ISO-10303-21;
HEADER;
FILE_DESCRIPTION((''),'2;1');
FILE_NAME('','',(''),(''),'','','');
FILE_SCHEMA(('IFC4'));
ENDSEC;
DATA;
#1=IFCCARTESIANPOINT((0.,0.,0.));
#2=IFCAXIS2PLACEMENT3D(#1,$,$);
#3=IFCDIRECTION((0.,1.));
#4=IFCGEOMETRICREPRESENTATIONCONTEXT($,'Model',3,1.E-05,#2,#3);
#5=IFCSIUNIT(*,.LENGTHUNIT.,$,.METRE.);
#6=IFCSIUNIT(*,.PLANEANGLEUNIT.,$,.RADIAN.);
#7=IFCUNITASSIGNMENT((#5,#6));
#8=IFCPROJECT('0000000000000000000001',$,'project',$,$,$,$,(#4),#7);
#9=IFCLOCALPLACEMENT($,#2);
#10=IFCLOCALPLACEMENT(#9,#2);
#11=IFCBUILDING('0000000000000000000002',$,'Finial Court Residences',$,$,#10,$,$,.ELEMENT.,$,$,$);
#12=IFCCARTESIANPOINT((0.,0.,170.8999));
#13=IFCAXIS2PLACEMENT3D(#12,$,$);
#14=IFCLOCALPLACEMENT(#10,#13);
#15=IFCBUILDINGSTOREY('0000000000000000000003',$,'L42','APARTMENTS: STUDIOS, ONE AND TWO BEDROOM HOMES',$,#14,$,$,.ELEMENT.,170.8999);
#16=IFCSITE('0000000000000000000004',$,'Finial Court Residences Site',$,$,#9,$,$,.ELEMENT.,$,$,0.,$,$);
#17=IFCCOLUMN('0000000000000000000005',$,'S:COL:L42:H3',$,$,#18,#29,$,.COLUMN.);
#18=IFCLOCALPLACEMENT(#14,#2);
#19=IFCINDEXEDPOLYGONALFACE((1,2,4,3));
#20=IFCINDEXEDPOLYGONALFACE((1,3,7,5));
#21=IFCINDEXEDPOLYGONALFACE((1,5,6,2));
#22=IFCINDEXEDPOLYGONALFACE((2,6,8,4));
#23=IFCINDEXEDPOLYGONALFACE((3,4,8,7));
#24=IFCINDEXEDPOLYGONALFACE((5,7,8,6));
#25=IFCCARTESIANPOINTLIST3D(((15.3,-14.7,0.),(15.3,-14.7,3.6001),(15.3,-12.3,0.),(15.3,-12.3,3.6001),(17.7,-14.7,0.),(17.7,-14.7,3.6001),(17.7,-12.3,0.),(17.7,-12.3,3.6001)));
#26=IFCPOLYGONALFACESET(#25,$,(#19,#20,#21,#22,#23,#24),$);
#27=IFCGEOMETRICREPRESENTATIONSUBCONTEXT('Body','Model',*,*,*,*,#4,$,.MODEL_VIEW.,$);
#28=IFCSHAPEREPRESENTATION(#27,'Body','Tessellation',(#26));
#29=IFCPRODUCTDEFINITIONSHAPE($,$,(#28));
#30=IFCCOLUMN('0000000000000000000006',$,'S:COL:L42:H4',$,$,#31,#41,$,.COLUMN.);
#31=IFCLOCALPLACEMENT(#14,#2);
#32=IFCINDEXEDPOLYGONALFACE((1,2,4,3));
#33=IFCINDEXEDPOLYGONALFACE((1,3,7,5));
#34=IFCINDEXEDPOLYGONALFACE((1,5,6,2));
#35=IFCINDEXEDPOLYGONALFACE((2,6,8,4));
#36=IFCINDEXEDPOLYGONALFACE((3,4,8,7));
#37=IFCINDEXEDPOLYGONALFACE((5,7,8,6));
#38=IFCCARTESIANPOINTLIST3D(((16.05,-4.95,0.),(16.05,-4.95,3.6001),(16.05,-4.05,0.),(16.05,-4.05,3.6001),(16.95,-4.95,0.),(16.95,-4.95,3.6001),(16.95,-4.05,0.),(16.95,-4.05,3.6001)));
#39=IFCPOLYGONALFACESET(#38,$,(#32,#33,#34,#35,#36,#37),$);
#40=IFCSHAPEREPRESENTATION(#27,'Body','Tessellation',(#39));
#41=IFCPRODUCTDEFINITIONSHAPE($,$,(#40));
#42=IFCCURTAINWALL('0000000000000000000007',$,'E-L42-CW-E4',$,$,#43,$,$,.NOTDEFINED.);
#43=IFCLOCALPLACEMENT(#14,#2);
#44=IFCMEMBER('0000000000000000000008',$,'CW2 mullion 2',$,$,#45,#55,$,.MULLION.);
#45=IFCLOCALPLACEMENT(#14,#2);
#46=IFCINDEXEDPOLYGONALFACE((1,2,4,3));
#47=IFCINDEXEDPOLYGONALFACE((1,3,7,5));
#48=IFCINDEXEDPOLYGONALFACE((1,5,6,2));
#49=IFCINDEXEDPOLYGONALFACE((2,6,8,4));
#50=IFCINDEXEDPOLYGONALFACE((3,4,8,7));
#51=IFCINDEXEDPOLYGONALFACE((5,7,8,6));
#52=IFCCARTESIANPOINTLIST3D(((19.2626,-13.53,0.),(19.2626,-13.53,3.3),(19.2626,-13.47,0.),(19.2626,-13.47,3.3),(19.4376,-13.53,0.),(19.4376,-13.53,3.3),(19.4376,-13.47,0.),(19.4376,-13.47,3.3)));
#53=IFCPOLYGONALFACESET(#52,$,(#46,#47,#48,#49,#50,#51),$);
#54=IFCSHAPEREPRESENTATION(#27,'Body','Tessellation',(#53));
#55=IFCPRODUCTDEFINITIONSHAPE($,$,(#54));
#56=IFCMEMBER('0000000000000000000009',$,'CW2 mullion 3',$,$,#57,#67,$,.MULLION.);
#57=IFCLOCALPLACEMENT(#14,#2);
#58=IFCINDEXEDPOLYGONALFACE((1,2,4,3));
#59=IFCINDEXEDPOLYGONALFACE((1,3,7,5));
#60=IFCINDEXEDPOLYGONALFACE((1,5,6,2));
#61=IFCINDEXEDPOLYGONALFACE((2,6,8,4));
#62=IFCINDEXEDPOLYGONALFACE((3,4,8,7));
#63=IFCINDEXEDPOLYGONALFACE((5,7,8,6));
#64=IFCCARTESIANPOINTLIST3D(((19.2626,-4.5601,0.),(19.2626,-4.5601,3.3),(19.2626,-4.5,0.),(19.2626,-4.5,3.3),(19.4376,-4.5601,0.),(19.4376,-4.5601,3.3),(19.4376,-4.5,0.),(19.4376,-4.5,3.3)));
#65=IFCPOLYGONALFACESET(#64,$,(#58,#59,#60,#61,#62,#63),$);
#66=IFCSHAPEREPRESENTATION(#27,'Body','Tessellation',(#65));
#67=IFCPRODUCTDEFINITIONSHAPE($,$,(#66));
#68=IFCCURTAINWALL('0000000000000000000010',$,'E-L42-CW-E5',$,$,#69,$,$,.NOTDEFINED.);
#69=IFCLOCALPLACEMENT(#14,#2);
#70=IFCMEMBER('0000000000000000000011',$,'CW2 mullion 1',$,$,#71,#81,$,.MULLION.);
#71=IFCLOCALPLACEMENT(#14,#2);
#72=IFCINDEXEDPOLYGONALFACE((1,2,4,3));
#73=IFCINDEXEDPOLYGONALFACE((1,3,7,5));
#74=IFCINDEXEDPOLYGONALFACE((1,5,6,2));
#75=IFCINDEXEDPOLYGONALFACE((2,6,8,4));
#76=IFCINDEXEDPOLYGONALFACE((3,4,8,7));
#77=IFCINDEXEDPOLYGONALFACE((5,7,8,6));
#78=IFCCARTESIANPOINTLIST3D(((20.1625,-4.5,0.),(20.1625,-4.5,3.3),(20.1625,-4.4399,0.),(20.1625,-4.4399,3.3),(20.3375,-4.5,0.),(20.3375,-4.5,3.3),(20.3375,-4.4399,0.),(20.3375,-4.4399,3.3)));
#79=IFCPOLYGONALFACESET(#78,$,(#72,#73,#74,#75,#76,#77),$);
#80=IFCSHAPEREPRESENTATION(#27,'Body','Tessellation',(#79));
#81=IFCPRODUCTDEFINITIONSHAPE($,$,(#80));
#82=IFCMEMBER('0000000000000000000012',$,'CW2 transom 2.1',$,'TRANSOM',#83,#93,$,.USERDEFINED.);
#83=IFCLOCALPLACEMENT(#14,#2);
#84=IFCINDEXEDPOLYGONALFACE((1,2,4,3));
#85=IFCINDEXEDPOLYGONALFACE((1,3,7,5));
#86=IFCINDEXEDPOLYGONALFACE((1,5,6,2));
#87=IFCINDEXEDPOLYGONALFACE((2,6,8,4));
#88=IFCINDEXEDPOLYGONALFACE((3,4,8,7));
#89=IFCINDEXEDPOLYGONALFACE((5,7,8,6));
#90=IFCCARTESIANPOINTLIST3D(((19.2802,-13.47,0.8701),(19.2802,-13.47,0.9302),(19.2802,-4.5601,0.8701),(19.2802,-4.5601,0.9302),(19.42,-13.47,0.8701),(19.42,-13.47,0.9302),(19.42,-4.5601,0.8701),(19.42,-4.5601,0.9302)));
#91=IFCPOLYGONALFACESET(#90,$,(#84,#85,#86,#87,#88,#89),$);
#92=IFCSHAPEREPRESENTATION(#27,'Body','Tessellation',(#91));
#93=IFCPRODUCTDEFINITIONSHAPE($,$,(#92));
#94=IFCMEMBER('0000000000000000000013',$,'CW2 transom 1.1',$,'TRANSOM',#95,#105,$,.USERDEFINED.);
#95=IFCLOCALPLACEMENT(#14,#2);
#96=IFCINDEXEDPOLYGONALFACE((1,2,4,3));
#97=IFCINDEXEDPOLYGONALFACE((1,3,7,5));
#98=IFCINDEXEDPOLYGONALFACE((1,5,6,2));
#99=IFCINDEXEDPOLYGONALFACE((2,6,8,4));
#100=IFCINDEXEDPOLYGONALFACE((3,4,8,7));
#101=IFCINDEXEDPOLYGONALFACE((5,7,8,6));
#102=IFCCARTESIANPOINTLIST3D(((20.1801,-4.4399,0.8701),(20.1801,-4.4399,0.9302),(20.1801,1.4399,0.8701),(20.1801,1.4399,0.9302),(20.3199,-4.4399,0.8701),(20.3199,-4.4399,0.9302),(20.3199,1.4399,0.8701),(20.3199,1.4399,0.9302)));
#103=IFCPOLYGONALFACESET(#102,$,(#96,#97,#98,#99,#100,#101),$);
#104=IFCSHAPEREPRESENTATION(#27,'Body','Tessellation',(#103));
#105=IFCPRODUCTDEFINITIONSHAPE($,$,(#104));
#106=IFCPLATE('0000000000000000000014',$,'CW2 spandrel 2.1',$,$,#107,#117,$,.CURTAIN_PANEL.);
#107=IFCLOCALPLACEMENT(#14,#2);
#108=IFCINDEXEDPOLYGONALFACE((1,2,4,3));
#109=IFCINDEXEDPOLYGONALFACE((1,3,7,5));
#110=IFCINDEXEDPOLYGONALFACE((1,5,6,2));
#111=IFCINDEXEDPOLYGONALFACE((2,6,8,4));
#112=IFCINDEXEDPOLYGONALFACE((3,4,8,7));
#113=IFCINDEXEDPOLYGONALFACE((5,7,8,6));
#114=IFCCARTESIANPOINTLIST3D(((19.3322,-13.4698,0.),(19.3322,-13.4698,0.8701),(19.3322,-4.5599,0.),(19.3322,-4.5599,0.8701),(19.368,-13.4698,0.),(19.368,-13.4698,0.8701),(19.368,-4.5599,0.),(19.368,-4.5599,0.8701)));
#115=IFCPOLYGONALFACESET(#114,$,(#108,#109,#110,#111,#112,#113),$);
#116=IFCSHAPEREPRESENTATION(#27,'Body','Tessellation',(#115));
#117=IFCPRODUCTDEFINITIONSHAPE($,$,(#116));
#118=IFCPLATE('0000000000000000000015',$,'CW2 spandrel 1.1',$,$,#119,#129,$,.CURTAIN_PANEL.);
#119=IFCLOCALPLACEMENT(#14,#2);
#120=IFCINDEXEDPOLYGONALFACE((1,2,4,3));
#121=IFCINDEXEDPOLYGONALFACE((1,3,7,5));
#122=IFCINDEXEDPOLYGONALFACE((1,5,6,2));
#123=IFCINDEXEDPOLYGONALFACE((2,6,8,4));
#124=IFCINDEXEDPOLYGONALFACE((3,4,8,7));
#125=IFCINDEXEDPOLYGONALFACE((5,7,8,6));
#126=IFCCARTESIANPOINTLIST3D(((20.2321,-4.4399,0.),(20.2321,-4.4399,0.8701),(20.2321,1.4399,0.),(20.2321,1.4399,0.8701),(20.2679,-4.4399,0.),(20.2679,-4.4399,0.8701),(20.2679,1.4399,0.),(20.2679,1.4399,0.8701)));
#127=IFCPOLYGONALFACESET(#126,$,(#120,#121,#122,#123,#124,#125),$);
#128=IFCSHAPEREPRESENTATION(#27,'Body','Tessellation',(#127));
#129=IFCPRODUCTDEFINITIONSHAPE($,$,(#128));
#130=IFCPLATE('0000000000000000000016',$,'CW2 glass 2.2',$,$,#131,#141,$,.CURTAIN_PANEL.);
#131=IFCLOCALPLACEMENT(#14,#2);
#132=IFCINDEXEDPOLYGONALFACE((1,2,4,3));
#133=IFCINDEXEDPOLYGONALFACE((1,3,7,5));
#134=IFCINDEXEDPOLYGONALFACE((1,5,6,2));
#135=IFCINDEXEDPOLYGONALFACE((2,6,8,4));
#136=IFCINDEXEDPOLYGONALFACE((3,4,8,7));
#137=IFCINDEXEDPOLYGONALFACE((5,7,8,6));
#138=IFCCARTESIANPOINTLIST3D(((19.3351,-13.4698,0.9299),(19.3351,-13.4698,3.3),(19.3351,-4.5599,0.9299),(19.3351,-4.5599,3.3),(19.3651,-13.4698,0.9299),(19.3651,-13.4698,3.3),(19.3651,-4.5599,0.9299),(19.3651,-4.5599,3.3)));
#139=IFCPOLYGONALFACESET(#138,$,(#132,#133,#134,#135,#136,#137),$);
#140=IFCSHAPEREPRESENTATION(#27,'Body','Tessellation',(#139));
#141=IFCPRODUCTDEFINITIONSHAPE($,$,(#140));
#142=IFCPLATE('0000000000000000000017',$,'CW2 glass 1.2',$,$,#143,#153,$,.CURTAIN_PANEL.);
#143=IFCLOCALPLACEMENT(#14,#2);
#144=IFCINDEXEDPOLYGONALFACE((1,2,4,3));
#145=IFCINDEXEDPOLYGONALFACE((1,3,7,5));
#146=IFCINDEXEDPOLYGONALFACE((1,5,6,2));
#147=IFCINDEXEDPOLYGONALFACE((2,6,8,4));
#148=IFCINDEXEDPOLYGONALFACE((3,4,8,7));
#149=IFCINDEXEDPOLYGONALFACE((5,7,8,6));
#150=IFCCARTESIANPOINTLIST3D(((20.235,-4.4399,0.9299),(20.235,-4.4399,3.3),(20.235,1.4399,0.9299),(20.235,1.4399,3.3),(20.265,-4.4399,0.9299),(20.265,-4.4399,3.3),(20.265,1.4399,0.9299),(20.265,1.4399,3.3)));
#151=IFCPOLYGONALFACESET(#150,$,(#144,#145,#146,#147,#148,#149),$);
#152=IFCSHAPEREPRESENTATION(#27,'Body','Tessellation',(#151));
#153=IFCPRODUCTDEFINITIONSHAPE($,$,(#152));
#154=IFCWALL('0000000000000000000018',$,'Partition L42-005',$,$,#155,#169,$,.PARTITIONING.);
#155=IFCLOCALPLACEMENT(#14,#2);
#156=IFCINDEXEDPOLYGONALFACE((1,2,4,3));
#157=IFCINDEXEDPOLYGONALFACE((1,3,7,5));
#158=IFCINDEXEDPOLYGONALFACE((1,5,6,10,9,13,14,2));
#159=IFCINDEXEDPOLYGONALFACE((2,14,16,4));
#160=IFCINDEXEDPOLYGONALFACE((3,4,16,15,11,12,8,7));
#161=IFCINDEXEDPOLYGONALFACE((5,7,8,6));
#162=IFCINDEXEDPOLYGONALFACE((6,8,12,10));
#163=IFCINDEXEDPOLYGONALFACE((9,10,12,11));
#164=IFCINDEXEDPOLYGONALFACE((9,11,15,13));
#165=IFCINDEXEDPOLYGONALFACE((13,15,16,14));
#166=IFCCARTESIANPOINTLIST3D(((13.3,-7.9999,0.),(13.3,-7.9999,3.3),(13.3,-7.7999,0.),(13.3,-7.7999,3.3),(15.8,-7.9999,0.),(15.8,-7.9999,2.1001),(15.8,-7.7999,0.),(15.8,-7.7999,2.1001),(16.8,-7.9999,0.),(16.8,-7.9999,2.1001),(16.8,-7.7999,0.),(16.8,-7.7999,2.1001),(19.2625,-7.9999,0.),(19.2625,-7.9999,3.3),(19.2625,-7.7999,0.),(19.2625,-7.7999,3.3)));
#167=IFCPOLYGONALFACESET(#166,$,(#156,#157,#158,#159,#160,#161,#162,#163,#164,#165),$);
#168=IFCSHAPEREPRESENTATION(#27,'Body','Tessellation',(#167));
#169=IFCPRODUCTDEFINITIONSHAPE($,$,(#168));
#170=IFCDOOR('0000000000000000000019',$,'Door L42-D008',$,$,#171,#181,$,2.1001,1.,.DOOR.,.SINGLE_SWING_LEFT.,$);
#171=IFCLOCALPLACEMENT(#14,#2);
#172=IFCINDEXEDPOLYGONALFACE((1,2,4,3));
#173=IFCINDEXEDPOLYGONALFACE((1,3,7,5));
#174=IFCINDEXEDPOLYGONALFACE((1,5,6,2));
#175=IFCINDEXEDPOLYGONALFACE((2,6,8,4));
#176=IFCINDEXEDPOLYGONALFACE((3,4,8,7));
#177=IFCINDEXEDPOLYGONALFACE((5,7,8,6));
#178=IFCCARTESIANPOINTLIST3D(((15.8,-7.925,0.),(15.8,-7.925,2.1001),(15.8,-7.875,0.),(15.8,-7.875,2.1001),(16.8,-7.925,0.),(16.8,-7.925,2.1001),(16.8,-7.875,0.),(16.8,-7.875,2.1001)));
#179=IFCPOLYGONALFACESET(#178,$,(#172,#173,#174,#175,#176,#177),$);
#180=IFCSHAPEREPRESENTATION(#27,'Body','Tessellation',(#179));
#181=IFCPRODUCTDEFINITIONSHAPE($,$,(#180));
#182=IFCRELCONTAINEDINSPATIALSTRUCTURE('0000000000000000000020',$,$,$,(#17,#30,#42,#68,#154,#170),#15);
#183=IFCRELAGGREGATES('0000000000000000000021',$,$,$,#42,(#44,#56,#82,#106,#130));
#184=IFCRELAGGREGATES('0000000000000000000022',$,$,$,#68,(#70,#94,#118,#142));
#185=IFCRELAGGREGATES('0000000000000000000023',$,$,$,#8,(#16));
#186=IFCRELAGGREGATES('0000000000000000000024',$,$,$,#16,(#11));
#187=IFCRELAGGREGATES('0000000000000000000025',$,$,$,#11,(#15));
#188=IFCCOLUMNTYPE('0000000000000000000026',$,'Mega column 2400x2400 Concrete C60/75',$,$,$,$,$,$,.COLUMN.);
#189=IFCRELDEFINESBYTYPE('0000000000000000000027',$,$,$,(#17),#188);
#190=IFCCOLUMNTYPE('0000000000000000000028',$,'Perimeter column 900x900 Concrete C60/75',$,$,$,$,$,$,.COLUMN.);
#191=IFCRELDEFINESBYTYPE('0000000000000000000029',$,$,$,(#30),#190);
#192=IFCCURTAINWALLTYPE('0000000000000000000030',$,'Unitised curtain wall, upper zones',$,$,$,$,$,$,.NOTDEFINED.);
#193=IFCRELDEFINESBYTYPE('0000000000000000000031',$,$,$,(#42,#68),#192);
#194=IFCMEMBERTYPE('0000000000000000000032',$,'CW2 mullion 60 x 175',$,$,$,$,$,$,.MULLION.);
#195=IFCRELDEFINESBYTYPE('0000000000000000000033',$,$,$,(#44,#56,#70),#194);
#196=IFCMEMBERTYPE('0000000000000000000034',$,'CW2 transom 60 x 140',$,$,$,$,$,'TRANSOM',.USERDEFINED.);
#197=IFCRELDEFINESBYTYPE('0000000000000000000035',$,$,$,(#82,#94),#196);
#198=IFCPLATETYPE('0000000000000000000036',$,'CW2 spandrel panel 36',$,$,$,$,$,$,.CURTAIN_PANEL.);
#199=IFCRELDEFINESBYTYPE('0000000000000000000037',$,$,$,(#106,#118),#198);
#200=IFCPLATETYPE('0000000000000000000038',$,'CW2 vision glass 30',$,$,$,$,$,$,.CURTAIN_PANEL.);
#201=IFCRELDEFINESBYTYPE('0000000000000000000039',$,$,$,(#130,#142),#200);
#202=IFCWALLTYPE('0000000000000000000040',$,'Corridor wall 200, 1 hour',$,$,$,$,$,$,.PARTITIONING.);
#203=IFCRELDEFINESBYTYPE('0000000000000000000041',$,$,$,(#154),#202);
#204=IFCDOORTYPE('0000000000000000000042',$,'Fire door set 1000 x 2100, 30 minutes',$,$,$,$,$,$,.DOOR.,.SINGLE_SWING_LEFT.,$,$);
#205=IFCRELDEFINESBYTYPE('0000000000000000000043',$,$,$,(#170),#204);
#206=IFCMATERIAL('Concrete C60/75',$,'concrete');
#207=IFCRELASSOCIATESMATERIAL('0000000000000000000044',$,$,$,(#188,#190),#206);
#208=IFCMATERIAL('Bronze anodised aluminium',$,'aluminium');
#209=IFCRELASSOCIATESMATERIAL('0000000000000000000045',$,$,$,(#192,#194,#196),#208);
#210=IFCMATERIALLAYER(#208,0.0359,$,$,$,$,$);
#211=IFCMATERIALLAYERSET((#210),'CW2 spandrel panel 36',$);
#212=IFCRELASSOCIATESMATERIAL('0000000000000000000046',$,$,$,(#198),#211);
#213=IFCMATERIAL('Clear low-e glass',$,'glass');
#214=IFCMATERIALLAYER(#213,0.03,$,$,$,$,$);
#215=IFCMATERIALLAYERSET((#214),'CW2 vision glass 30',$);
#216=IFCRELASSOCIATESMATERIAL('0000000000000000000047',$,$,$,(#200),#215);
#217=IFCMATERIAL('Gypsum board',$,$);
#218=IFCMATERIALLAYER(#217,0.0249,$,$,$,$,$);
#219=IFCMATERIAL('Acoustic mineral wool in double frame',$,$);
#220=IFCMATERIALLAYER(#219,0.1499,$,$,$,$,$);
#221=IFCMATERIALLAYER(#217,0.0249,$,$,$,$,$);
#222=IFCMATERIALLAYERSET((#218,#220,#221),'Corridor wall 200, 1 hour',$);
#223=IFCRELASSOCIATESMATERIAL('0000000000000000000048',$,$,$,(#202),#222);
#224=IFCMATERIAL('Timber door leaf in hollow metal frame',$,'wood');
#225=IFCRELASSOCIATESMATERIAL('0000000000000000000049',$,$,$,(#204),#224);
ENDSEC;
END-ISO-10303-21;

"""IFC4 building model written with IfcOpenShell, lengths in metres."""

from ifc_helpers import new_model, si_unit, direction, frame, frame_2d, origin, origin_2d, place, context, subcontext, project, spatial, rectangle, extrude, material, layer, layer_set, material_profile, profile_set, type_object, element, fill, aggregate, save


model = new_model("IFC4")

# Units and contexts
model_context = context("Model", 3, precision=1e-05, world=origin(), true_north=direction((0.0, 1.0)))
body_context = subcontext(model_context, "Body", "Model", "MODEL_VIEW")
ifc_project = project(units=[si_unit("LENGTHUNIT", "METRE"), si_unit("PLANEANGLEUNIT", "RADIAN")], contexts=[model_context])

# Site, building, storey
site_placement = place(None, origin())
site = spatial("IfcSite", under=ifc_project, at=site_placement, Name="Finial Court Residences Site", CompositionType="ELEMENT", RefElevation=0.0)
building_placement = place(site_placement, origin())
building = spatial("IfcBuilding", under=site, at=building_placement, Name="Finial Court Residences", CompositionType="ELEMENT")
storey_placement = place(building_placement, frame((0.0, 0.0, 170.8999)))
storey = spatial("IfcBuildingStorey", under=building, at=storey_placement, Name="L42", Description="APARTMENTS: STUDIOS, ONE AND TWO BEDROOM HOMES", CompositionType="ELEMENT", Elevation=170.8999)

# Columns
ifc_material_1 = material(Name="Concrete C60/75", Category="concrete")
ifc_material_profile_1 = material_profile(ifc_material_1, rectangle(XDim=2.3999, YDim=2.3999, at=origin_2d()), Name="2400x2400")
ifc_profile_set_1 = profile_set([ifc_material_profile_1], Name="Concrete C60/75")
column_type_1 = type_object("IfcColumnType", Name="Mega column 2400x2400 Concrete C60/75", PredefinedType="COLUMN", material=ifc_profile_set_1)
column_1_placement = place(storey_placement, frame((16.5, -13.5, 0.0), z_axis=(0.0, 0.0, 1.0), x_axis=(1.0, 0.0, 0.0)))
element("IfcColumn", 1, at=column_1_placement, inside=storey, type_object=column_type_1, Name="S:COL:L42:H3", PredefinedType="COLUMN", context=body_context, shape_type="SweptSolid", body=[
    extrude(rectangle(XDim=2.3999, YDim=2.3999, at=origin_2d()), origin(), (0.0, 0.0, 1.0), 3.6001),
])
ifc_material_profile_2 = material_profile(ifc_material_1, rectangle(XDim=0.8999, YDim=0.8999, at=origin_2d()), Name="900x900")
ifc_profile_set_2 = profile_set([ifc_material_profile_2], Name="Concrete C60/75")
column_type_2 = type_object("IfcColumnType", Name="Perimeter column 900x900 Concrete C60/75", PredefinedType="COLUMN", material=ifc_profile_set_2)
column_2_placement = place(storey_placement, frame((16.5, -4.5, 0.0), z_axis=(0.0, 0.0, 1.0), x_axis=(1.0, 0.0, 0.0)))
element("IfcColumn", 2, at=column_2_placement, inside=storey, type_object=column_type_2, Name="S:COL:L42:H4", PredefinedType="COLUMN", context=body_context, shape_type="SweptSolid", body=[
    extrude(rectangle(XDim=0.8999, YDim=0.8999, at=origin_2d()), origin(), (0.0, 0.0, 1.0), 3.6001),
])

# Curtain wall, members
ifc_material_2 = material(Name="Bronze anodised aluminium", Category="aluminium")
curtain_wall_type = type_object("IfcCurtainWallType", Name="Unitised curtain wall, upper zones", PredefinedType="NOTDEFINED", material=ifc_material_2)
curtain_wall_1_placement = place(storey_placement, origin())
curtain_wall_1 = element("IfcCurtainWall", 3, at=curtain_wall_1_placement, inside=storey, type_object=curtain_wall_type, Name="E-L42-CW-E4", PredefinedType="NOTDEFINED")
ifc_material_profile_3 = material_profile(ifc_material_2, rectangle(XDim=0.175, YDim=0.0601, at=origin_2d()), Name="CW2 mullion 60 x 175")
ifc_profile_set_3 = profile_set([ifc_material_profile_3], Name="Bronze anodised aluminium")
member_type_1 = type_object("IfcMemberType", Name="CW2 mullion 60 x 175", PredefinedType="MULLION", material=ifc_profile_set_3)
member_1_placement = place(storey_placement, frame((19.3501, -13.5, 0.0), z_axis=(0.0, 0.0, 1.0), x_axis=(-1.0, 0.0, 0.0)))
member_1 = element("IfcMember", 4, at=member_1_placement, type_object=member_type_1, Name="CW2 mullion 2", PredefinedType="MULLION", context=body_context, shape_type="SweptSolid", body=[
    extrude(rectangle(XDim=0.175, YDim=0.0601, at=origin_2d()), origin(), (0.0, 0.0, 1.0), 3.3),
])
member_2_placement = place(storey_placement, frame((19.3501, -4.53, 0.0), z_axis=(0.0, 0.0, 1.0), x_axis=(-1.0, 0.0, 0.0)))
member_2 = element("IfcMember", 5, at=member_2_placement, type_object=member_type_1, Name="CW2 mullion 3", PredefinedType="MULLION", context=body_context, shape_type="SweptSolid", body=[
    extrude(rectangle(XDim=0.175, YDim=0.0601, at=origin_2d()), origin(), (0.0, 0.0, 1.0), 3.3),
])

# Curtain wall, member
curtain_wall_2_placement = place(storey_placement, origin())
curtain_wall_2 = element("IfcCurtainWall", 6, at=curtain_wall_2_placement, inside=storey, type_object=curtain_wall_type, Name="E-L42-CW-E5", PredefinedType="NOTDEFINED")
member_3_placement = place(storey_placement, frame((20.25, -4.47, 0.0), z_axis=(0.0, 0.0, 1.0), x_axis=(-1.0, 0.0, 0.0)))
member_3 = element("IfcMember", 7, at=member_3_placement, type_object=member_type_1, Name="CW2 mullion 1", PredefinedType="MULLION", context=body_context, shape_type="SweptSolid", body=[
    extrude(rectangle(XDim=0.175, YDim=0.0601, at=origin_2d()), origin(), (0.0, 0.0, 1.0), 3.3),
])

# Members
ifc_material_profile_4 = material_profile(ifc_material_2, rectangle(XDim=0.1399, YDim=0.0601, at=origin_2d()), Name="CW2 transom 60 x 140")
ifc_profile_set_4 = profile_set([ifc_material_profile_4], Name="Bronze anodised aluminium")
member_type_2 = type_object("IfcMemberType", Name="CW2 transom 60 x 140", ElementType="TRANSOM", PredefinedType="USERDEFINED", material=ifc_profile_set_4)
member_4_placement = place(storey_placement, frame((19.3501, -13.47, 0.9001), z_axis=(0.0, 1.0, 0.0), x_axis=(-1.0, 0.0, 0.0)))
member_4 = element("IfcMember", 8, at=member_4_placement, type_object=member_type_2, Name="CW2 transom 2.1", ObjectType="TRANSOM", PredefinedType="USERDEFINED", context=body_context, shape_type="SweptSolid", body=[
    extrude(rectangle(XDim=0.1399, YDim=0.0601, at=origin_2d()), origin(), (0.0, 0.0, 1.0), 8.9099),
])
member_5_placement = place(storey_placement, frame((20.25, -4.4399, 0.9001), z_axis=(0.0, 1.0, 0.0), x_axis=(-1.0, 0.0, 0.0)))
member_5 = element("IfcMember", 9, at=member_5_placement, type_object=member_type_2, Name="CW2 transom 1.1", ObjectType="TRANSOM", PredefinedType="USERDEFINED", context=body_context, shape_type="SweptSolid", body=[
    extrude(rectangle(XDim=0.1399, YDim=0.0601, at=origin_2d()), origin(), (0.0, 0.0, 1.0), 5.8799),
])

# Plates
ifc_layer_1 = layer(ifc_material_2, 0.0359)
ifc_layer_set_1 = layer_set([ifc_layer_1], Name="CW2 spandrel panel 36")
plate_type_1 = type_object("IfcPlateType", Name="CW2 spandrel panel 36", PredefinedType="CURTAIN_PANEL", material=ifc_layer_set_1)
plate_1_placement = place(storey_placement, frame((19.3501, -9.0149, 0.0), z_axis=(0.0, 0.0, 1.0), x_axis=(0.0, 1.0, 0.0)))
plate_1 = element("IfcPlate", 10, at=plate_1_placement, type_object=plate_type_1, Name="CW2 spandrel 2.1", PredefinedType="CURTAIN_PANEL", context=body_context, shape_type="SweptSolid", body=[
    extrude(rectangle(XDim=8.9099, YDim=0.0359, at=origin_2d()), origin(), (0.0, 0.0, 1.0), 0.8701),
])
plate_2_placement = place(storey_placement, frame((20.25, -1.5, 0.0), z_axis=(0.0, 0.0, 1.0), x_axis=(0.0, 1.0, 0.0)))
plate_2 = element("IfcPlate", 11, at=plate_2_placement, type_object=plate_type_1, Name="CW2 spandrel 1.1", PredefinedType="CURTAIN_PANEL", context=body_context, shape_type="SweptSolid", body=[
    extrude(rectangle(XDim=5.8799, YDim=0.0359, at=origin_2d()), origin(), (0.0, 0.0, 1.0), 0.8701),
])
ifc_material_3 = material(Name="Clear low-e glass", Category="glass")
ifc_layer_2 = layer(ifc_material_3, 0.03)
ifc_layer_set_2 = layer_set([ifc_layer_2], Name="CW2 vision glass 30")
plate_type_2 = type_object("IfcPlateType", Name="CW2 vision glass 30", PredefinedType="CURTAIN_PANEL", material=ifc_layer_set_2)
plate_3_placement = place(storey_placement, frame((19.3501, -9.0149, 0.9299), z_axis=(0.0, 0.0, 1.0), x_axis=(0.0, 1.0, 0.0)))
plate_3 = element("IfcPlate", 12, at=plate_3_placement, type_object=plate_type_2, Name="CW2 glass 2.2", PredefinedType="CURTAIN_PANEL", context=body_context, shape_type="SweptSolid", body=[
    extrude(rectangle(XDim=8.9099, YDim=0.03, at=origin_2d()), origin(), (0.0, 0.0, 1.0), 2.3701),
])
aggregate(curtain_wall_1, [member_1, member_2, member_4, plate_1, plate_3])
plate_4_placement = place(storey_placement, frame((20.25, -1.5, 0.9299), z_axis=(0.0, 0.0, 1.0), x_axis=(0.0, 1.0, 0.0)))
plate_4 = element("IfcPlate", 13, at=plate_4_placement, type_object=plate_type_2, Name="CW2 glass 1.2", PredefinedType="CURTAIN_PANEL", context=body_context, shape_type="SweptSolid", body=[
    extrude(rectangle(XDim=5.8799, YDim=0.03, at=origin_2d()), origin(), (0.0, 0.0, 1.0), 2.3701),
])
aggregate(curtain_wall_2, [member_3, member_5, plate_2, plate_4])

# Wall, opening, door
ifc_material_4 = material(Name="Gypsum board")
ifc_layer_3 = layer(ifc_material_4, 0.0249)
ifc_material_5 = material(Name="Acoustic mineral wool in double frame")
ifc_layer_4 = layer(ifc_material_5, 0.1499)
ifc_layer_5 = layer(ifc_material_4, 0.0249)
ifc_layer_set_3 = layer_set([ifc_layer_3, ifc_layer_4, ifc_layer_5], Name="Corridor wall 200, 1 hour")
wall_type_1 = type_object("IfcWallType", Name="Corridor wall 200, 1 hour", PredefinedType="PARTITIONING", material=ifc_layer_set_3)
wall_1_placement = place(storey_placement, frame((13.3, -7.8999, 0.0), z_axis=(0.0, 0.0, 1.0), x_axis=(1.0, 0.0, 0.0)))
wall_1 = element("IfcWall", 14, at=wall_1_placement, inside=storey, type_object=wall_type_1, Name="Partition L42-005", PredefinedType="PARTITIONING", context=body_context, shape_type="SweptSolid", body=[
    extrude(rectangle(XDim=5.9624, YDim=0.2, at=frame_2d((2.9812, 0.0))), origin(), (0.0, 0.0, 1.0), 3.3),
])
opening_1_placement = place(wall_1_placement, frame((2.5, 0.0, 0.0)))
opening_1 = element("IfcOpeningElement", 15, at=opening_1_placement, cuts=wall_1, PredefinedType="OPENING", context=body_context, shape_type="SweptSolid", body=[
    extrude(rectangle(XDim=1.0, YDim=2.1001, at=frame_2d((0.5, 1.05))), frame((0.0, 0.1099, 0.0), z_axis=(0.0, -1.0, 0.0), x_axis=(1.0, 0.0, 0.0)), (0.0, 0.0, 1.0), 0.22),
])
ifc_material_6 = material(Name="Timber door leaf in hollow metal frame", Category="wood")
door_type_1 = type_object("IfcDoorType", Name="Fire door set 1000 x 2100, 30 minutes", OperationType="SINGLE_SWING_LEFT", PredefinedType="DOOR", material=ifc_material_6)
door_1_placement = place(opening_1_placement, origin())
door_1 = element("IfcDoor", 16, at=door_1_placement, inside=storey, type_object=door_type_1, Name="Door L42-D008", OperationType="SINGLE_SWING_LEFT", OverallHeight=2.1001, OverallWidth=1.0, PredefinedType="DOOR", context=body_context, shape_type="SweptSolid", body=[
    extrude(rectangle(XDim=1.0, YDim=2.1001, at=frame_2d((0.5, 1.05))), frame((0.0, 0.0249, 0.0), z_axis=(0.0, -1.0, 0.0), x_axis=(1.0, 0.0, 0.0)), (0.0, 0.0, 1.0), 0.05),
])
fill(opening_1, door_1)

save(model, "model.ifc")
